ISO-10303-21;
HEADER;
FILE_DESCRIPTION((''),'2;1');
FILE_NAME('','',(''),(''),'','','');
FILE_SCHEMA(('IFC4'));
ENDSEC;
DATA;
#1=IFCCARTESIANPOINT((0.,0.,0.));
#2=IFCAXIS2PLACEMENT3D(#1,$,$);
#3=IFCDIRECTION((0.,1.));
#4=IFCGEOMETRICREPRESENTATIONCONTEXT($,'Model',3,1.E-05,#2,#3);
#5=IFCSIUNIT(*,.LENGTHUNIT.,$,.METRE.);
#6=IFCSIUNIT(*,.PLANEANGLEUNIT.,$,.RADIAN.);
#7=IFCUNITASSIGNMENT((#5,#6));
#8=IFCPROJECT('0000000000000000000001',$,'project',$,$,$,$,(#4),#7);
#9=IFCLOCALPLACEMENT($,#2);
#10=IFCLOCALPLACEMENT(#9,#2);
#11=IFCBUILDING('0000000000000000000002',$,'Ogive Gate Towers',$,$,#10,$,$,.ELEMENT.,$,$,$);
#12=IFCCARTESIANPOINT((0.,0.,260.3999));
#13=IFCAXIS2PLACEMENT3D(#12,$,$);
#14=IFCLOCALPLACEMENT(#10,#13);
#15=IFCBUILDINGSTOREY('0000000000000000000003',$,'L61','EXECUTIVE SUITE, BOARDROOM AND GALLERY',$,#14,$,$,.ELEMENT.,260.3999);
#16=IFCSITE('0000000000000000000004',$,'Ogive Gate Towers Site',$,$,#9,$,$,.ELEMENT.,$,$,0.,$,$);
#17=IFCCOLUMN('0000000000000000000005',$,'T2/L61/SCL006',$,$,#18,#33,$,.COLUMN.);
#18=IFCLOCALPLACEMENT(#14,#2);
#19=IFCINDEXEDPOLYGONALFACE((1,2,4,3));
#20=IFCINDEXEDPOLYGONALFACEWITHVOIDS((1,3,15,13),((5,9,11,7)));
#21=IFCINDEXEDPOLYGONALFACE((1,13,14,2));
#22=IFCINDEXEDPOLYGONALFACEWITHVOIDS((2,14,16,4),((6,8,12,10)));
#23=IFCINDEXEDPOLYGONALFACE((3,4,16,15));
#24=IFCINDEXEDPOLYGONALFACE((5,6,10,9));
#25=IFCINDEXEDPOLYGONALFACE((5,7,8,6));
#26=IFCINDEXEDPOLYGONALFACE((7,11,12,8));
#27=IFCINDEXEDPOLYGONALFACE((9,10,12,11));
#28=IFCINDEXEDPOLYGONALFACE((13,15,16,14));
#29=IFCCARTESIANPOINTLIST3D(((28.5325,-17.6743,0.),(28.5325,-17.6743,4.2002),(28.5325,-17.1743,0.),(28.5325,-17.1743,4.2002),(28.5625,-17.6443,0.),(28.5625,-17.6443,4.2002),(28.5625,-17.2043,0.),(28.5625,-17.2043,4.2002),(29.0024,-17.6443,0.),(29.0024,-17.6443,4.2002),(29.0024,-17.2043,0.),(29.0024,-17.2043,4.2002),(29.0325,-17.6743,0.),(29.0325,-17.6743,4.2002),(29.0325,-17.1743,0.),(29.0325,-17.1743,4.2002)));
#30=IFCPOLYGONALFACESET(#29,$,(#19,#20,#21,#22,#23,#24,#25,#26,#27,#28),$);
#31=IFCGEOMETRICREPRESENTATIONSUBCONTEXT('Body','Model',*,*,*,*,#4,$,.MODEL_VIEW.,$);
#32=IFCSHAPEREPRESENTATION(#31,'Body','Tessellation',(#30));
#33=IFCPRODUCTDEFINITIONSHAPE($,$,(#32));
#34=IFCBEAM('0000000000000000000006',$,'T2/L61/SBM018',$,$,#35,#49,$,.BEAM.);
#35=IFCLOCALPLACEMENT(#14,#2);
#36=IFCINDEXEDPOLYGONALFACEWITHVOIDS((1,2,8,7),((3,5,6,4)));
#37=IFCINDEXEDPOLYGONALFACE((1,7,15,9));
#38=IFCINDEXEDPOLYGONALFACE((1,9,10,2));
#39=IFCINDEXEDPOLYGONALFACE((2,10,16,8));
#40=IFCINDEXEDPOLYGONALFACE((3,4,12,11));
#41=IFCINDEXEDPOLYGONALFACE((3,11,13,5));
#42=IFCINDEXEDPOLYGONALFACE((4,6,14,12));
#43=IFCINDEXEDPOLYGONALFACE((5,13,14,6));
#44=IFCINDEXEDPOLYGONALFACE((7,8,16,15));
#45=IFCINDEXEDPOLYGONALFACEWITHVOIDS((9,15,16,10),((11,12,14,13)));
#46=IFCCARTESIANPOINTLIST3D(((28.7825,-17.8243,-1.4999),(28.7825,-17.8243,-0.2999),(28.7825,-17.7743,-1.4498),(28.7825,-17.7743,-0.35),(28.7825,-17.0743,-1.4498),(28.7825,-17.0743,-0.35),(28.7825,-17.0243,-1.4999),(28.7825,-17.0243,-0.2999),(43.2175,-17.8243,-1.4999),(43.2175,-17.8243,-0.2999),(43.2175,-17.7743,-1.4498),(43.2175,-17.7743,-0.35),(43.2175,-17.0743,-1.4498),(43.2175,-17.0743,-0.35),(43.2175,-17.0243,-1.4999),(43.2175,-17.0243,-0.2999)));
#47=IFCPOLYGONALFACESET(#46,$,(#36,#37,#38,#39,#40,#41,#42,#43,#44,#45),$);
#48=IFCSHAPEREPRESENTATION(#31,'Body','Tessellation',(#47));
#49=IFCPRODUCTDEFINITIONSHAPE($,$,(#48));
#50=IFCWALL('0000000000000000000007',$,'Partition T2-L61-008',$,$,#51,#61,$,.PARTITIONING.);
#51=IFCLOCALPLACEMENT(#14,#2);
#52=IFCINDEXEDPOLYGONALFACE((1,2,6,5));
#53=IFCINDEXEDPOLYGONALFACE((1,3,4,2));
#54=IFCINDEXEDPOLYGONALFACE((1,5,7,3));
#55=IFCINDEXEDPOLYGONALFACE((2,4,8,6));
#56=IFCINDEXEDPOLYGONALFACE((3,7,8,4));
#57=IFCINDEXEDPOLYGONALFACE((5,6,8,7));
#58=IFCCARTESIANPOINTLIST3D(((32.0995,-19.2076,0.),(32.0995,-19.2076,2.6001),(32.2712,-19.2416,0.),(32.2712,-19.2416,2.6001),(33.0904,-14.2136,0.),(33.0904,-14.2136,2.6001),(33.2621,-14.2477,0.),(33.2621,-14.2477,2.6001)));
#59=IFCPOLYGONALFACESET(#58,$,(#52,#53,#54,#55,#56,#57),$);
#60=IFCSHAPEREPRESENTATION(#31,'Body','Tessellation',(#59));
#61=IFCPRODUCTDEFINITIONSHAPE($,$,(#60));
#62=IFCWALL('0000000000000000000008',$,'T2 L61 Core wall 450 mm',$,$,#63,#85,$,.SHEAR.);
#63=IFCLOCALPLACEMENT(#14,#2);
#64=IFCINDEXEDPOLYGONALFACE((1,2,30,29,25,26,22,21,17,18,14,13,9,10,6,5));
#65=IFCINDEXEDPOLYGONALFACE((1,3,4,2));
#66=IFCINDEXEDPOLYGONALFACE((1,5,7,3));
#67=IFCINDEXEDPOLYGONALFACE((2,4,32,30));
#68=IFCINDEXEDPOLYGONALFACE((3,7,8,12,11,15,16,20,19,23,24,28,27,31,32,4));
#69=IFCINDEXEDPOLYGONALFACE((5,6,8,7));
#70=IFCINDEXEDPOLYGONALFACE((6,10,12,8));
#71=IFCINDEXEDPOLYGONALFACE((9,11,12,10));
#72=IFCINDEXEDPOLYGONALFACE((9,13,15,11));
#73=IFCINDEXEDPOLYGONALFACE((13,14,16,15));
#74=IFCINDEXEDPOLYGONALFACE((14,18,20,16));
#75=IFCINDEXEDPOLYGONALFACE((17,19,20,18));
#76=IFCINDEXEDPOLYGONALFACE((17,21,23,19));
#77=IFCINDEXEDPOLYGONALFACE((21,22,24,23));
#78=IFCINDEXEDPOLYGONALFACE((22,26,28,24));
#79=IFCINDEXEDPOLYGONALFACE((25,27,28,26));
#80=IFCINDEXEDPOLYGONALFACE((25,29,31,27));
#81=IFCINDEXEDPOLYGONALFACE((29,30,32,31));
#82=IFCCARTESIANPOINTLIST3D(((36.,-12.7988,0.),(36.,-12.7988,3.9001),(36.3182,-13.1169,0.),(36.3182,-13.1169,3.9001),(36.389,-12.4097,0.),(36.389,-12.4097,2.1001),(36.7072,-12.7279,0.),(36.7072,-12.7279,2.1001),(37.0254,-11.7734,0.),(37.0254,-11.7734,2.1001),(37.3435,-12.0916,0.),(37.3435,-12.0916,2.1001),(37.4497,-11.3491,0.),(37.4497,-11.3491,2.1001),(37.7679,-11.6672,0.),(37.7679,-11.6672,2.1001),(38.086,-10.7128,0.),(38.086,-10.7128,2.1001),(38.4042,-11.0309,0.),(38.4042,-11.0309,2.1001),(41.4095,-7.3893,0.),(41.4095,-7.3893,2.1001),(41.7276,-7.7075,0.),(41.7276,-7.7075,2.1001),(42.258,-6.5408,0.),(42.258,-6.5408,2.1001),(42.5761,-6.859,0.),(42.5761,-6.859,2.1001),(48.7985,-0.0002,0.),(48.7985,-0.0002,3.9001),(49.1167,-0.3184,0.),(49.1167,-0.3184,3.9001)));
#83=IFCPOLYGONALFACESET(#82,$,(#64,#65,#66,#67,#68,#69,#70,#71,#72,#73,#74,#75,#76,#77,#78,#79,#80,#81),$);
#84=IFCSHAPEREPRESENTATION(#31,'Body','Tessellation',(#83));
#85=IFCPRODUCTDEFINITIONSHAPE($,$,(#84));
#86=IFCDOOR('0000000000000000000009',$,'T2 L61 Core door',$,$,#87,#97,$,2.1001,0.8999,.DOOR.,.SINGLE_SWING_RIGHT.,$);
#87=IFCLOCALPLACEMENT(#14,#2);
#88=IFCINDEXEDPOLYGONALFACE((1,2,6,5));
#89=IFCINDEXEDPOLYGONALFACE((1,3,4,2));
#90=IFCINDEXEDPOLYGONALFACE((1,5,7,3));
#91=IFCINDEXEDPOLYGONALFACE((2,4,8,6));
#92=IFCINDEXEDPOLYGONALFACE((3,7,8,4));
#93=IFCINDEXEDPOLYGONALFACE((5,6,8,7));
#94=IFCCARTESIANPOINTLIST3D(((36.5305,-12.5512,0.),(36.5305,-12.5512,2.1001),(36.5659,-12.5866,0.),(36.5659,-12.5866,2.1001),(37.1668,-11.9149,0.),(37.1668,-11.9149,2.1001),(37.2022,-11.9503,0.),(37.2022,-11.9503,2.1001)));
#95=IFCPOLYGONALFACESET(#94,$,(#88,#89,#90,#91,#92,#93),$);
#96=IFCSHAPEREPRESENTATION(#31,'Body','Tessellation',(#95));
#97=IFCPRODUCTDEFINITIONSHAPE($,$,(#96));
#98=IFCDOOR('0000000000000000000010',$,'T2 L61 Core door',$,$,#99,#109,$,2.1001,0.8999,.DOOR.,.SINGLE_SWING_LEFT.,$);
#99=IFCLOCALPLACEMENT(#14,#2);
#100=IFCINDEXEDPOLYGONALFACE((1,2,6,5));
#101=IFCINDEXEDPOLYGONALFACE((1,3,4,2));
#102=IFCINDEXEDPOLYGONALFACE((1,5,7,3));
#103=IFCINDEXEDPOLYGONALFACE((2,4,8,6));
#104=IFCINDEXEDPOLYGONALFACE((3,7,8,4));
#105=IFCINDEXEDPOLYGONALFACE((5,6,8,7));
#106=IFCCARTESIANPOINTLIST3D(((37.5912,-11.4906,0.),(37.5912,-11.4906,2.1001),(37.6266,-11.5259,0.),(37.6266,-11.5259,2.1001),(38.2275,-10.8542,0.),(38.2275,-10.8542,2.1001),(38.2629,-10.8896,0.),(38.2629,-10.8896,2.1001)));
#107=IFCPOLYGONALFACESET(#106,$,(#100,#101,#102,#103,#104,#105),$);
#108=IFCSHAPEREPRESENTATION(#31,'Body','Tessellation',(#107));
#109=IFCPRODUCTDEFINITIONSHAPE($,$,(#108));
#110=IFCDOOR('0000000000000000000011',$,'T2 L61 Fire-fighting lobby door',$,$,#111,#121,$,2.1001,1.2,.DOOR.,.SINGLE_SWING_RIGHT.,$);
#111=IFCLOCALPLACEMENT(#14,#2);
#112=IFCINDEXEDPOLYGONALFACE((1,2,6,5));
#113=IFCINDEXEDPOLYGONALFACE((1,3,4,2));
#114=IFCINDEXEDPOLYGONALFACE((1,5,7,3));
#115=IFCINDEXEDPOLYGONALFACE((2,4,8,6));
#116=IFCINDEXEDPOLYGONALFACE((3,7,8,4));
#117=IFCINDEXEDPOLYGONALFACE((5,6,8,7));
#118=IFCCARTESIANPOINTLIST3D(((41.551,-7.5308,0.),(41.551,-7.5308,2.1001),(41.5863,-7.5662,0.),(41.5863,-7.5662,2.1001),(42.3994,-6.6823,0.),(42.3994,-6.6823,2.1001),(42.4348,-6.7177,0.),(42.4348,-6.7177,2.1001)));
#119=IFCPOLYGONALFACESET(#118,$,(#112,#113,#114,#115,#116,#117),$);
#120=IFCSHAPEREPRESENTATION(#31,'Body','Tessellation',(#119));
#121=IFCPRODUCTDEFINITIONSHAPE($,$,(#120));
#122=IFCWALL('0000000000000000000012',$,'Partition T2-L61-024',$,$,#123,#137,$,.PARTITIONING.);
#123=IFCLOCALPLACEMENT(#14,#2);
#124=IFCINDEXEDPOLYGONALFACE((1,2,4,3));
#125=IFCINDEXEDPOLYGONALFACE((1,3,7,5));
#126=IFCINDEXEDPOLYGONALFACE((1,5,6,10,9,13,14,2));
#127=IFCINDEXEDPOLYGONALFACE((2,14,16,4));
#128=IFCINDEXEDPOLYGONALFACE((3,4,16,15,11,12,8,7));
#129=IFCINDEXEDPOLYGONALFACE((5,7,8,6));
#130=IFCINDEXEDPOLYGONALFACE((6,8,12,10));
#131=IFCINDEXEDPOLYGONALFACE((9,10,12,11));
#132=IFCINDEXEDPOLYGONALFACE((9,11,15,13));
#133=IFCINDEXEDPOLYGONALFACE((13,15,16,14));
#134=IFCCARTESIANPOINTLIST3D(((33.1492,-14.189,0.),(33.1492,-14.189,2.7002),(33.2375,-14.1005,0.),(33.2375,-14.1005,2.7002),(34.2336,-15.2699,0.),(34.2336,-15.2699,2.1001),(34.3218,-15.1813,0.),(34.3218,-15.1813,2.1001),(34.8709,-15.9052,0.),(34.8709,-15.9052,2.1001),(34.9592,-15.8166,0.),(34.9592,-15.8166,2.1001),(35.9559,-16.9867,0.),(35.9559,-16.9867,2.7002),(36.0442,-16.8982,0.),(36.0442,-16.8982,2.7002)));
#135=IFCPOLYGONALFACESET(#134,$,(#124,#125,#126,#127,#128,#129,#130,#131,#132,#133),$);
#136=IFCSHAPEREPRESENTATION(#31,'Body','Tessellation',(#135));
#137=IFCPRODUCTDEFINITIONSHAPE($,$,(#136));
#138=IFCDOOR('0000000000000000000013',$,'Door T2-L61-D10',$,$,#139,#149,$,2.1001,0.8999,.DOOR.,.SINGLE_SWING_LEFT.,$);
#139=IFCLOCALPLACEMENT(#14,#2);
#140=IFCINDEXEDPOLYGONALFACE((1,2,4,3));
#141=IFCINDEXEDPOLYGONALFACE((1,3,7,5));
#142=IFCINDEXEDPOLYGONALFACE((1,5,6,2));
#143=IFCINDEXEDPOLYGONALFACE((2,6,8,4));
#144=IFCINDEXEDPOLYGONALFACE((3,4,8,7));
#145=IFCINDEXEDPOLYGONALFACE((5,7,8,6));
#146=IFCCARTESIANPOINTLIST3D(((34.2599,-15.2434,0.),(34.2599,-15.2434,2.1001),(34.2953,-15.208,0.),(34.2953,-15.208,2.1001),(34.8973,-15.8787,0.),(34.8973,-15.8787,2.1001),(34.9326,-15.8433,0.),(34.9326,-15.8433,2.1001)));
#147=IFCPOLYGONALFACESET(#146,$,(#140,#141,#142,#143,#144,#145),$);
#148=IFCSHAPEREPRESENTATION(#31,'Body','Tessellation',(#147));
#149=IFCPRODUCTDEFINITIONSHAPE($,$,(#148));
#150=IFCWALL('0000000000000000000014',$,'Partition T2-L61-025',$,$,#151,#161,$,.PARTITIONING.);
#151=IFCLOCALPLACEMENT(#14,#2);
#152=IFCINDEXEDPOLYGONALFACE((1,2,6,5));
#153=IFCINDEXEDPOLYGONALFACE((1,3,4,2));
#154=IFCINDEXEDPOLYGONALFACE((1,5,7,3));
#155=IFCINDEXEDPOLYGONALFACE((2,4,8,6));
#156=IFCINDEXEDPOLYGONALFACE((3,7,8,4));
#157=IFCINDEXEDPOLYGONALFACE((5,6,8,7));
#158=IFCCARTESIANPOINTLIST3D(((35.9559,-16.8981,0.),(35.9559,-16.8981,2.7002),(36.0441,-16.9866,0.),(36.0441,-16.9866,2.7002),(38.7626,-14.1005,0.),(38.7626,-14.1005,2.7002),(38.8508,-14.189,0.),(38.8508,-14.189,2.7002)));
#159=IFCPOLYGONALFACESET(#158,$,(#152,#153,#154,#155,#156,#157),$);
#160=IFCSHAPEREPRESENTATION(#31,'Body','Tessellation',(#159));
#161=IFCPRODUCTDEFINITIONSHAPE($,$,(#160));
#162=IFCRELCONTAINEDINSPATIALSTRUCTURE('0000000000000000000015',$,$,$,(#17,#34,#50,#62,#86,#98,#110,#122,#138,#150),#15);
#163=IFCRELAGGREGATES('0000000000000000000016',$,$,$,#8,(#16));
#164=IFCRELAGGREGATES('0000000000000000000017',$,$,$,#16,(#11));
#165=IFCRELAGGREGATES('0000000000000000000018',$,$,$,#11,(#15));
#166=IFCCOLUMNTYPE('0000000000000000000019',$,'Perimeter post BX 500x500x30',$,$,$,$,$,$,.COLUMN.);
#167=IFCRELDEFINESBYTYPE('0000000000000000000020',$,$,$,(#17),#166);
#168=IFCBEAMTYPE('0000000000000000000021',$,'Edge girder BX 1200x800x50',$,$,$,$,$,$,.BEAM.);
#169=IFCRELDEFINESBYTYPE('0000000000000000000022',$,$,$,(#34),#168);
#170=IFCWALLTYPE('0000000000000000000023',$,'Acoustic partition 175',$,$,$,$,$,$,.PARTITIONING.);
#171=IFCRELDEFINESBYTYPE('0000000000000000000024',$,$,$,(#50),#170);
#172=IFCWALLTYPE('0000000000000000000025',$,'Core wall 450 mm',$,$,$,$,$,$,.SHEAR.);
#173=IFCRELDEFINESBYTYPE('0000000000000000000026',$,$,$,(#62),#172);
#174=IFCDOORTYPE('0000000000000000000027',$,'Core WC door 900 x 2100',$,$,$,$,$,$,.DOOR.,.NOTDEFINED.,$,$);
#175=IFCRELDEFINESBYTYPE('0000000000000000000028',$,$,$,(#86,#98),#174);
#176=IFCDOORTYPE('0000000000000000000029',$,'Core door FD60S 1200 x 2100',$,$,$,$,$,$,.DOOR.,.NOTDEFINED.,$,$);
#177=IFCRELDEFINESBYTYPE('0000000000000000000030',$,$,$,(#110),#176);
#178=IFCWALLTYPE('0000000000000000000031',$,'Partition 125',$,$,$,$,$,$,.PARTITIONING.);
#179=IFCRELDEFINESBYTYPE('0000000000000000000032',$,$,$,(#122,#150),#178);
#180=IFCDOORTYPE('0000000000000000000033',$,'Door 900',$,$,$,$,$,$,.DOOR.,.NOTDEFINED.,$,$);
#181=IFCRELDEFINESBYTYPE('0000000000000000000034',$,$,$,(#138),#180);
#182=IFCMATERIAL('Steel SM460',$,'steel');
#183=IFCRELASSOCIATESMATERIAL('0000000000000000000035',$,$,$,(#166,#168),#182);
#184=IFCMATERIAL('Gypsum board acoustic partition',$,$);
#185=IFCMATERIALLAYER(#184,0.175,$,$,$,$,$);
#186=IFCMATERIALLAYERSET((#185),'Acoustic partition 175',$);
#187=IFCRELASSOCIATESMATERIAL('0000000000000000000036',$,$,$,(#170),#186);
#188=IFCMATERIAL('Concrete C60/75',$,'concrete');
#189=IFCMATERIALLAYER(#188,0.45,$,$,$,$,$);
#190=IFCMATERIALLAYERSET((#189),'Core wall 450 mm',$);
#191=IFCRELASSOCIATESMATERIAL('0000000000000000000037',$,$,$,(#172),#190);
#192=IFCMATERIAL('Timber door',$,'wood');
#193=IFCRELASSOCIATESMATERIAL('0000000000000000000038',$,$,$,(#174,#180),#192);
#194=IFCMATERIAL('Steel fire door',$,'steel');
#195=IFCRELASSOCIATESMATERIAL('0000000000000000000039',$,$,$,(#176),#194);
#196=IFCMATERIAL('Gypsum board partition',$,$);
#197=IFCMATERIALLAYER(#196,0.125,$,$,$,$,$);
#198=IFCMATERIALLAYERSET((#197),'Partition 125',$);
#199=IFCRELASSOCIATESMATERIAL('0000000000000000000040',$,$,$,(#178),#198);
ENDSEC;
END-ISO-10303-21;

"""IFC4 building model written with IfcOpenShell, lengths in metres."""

from ifc_helpers import new_model, si_unit, direction, frame, frame_2d, origin, origin_2d, place, context, subcontext, project, spatial, rectangle, hollow_rectangle, extrude, material, layer, layer_set, material_profile, profile_set, type_object, element, fill, save


model = new_model("IFC4")

# Units and contexts
model_context = context("Model", 3, precision=1e-05, world=origin(), true_north=direction((0.0, 1.0)))
body_context = subcontext(model_context, "Body", "Model", "MODEL_VIEW")
ifc_project = project(units=[si_unit("LENGTHUNIT", "METRE"), si_unit("PLANEANGLEUNIT", "RADIAN")], contexts=[model_context])

# Site, building, storey
site_placement = place(None, origin())
site = spatial("IfcSite", under=ifc_project, at=site_placement, Name="Ogive Gate Towers Site", CompositionType="ELEMENT", RefElevation=0.0)
building_placement = place(site_placement, origin())
building = spatial("IfcBuilding", under=site, at=building_placement, Name="Ogive Gate Towers", CompositionType="ELEMENT")
storey_placement = place(building_placement, frame((0.0, 0.0, 260.3999)))
storey = spatial("IfcBuildingStorey", under=building, at=storey_placement, Name="L61", Description="EXECUTIVE SUITE, BOARDROOM AND GALLERY", CompositionType="ELEMENT", Elevation=260.3999)

# Column
ifc_material_1 = material(Name="Steel SM460", Category="steel")
ifc_material_profile_1 = material_profile(ifc_material_1, hollow_rectangle(XDim=0.5, YDim=0.5, WallThickness=0.03, at=origin_2d()), Name="BX 500x500x30")
ifc_profile_set_1 = profile_set([ifc_material_profile_1], Name="Steel SM460")
column_type = type_object("IfcColumnType", Name="Perimeter post BX 500x500x30", PredefinedType="COLUMN", material=ifc_profile_set_1)
column_placement = place(storey_placement, frame((28.7825, -17.4243, 0.0), z_axis=(0.0, 0.0, 1.0), x_axis=(1.0, 0.0, 0.0)))
element("IfcColumn", 1, at=column_placement, inside=storey, type_object=column_type, Name="T2/L61/SCL006", PredefinedType="COLUMN", context=body_context, shape_type="SweptSolid", body=[
    extrude(hollow_rectangle(XDim=0.5, YDim=0.5, WallThickness=0.03, at=origin_2d()), origin(), (0.0, 0.0, 1.0), 4.2002),
])

# Beam
ifc_material_profile_2 = material_profile(ifc_material_1, hollow_rectangle(XDim=0.8, YDim=1.2, WallThickness=0.05, at=origin_2d()), Name="BX 1200x800x50")
ifc_profile_set_2 = profile_set([ifc_material_profile_2], Name="Steel SM460")
beam_type = type_object("IfcBeamType", Name="Edge girder BX 1200x800x50", PredefinedType="BEAM", material=ifc_profile_set_2)
beam_placement = place(storey_placement, frame((28.7825, -17.4243, -0.8999), z_axis=(1.0, 0.0, 0.0), x_axis=(0.0, 1.0, 0.0)))
element("IfcBeam", 2, at=beam_placement, inside=storey, type_object=beam_type, Name="T2/L61/SBM018", PredefinedType="BEAM", context=body_context, shape_type="SweptSolid", body=[
    extrude(hollow_rectangle(XDim=0.8, YDim=1.2, WallThickness=0.05, at=origin_2d()), origin(), (0.0, 0.0, 1.0), 14.4351),
])

# Wall
ifc_material_2 = material(Name="Gypsum board acoustic partition")
ifc_layer_1 = layer(ifc_material_2, 0.175)
ifc_layer_set_1 = layer_set([ifc_layer_1], Name="Acoustic partition 175")
wall_type_1 = type_object("IfcWallType", Name="Acoustic partition 175", PredefinedType="PARTITIONING", material=ifc_layer_set_1)
wall_1_placement = place(storey_placement, frame((32.1853, -19.2246, 0.0), z_axis=(0.0, 0.0, 1.0), x_axis=(0.19464, 0.980875, 0.0)))
element("IfcWall", 3, at=wall_1_placement, inside=storey, type_object=wall_type_1, Name="Partition T2-L61-008", PredefinedType="PARTITIONING", context=body_context, shape_type="SweptSolid", body=[
    extrude(rectangle(XDim=5.0913, YDim=0.175, at=frame_2d((2.5457, 0.0))), origin(), (0.0, 0.0, 1.0), 2.6001),
])

# Wall, openings, doors
ifc_material_3 = material(Name="Concrete C60/75", Category="concrete")
ifc_layer_2 = layer(ifc_material_3, 0.45)
ifc_layer_set_2 = layer_set([ifc_layer_2], Name="Core wall 450 mm")
wall_type_2 = type_object("IfcWallType", Name="Core wall 450 mm", PredefinedType="SHEAR", material=ifc_layer_set_2)
wall_2_placement = place(storey_placement, frame((36.1592, -12.9578, 0.0), z_axis=(0.0, 0.0, 1.0), x_axis=(0.707107, 0.707107, 0.0)))
wall_2 = element("IfcWall", 4, at=wall_2_placement, inside=storey, type_object=wall_type_2, Name="T2 L61 Core wall 450 mm", PredefinedType="SHEAR", context=body_context, shape_type="SweptSolid", body=[
    extrude(rectangle(XDim=18.0999, YDim=0.45, at=frame_2d((9.0498, 0.0))), origin(), (0.0, 0.0, 1.0), 3.9001),
])
opening_1_placement = place(wall_2_placement, frame((7.6499, 0.0, 0.0)))
opening_1 = element("IfcOpeningElement", 5, at=opening_1_placement, cuts=wall_2, PredefinedType="OPENING", context=body_context, shape_type="SweptSolid", body=[
    extrude(rectangle(XDim=1.2, YDim=2.1001, at=frame_2d((0.6001, 1.05))), frame((0.0, 0.2349, 0.0), z_axis=(0.0, -1.0, 0.0), x_axis=(1.0, 0.0, 0.0)), (0.0, 0.0, 1.0), 0.47),
])
opening_2_placement = place(wall_2_placement, frame((0.55, 0.0, 0.0)))
opening_2 = element("IfcOpeningElement", 6, at=opening_2_placement, cuts=wall_2, PredefinedType="OPENING", context=body_context, shape_type="SweptSolid", body=[
    extrude(rectangle(XDim=0.8999, YDim=2.1001, at=frame_2d((0.45, 1.05))), frame((0.0, 0.2349, 0.0), z_axis=(0.0, -1.0, 0.0), x_axis=(1.0, 0.0, 0.0)), (0.0, 0.0, 1.0), 0.47),
])
opening_3_placement = place(wall_2_placement, frame((2.05, 0.0, 0.0)))
opening_3 = element("IfcOpeningElement", 7, at=opening_3_placement, cuts=wall_2, PredefinedType="OPENING", context=body_context, shape_type="SweptSolid", body=[
    extrude(rectangle(XDim=0.8999, YDim=2.1001, at=frame_2d((0.45, 1.05))), frame((0.0, 0.2349, 0.0), z_axis=(0.0, -1.0, 0.0), x_axis=(1.0, 0.0, 0.0)), (0.0, 0.0, 1.0), 0.47),
])
ifc_material_4 = material(Name="Timber door", Category="wood")
door_type_1 = type_object("IfcDoorType", Name="Core WC door 900 x 2100", OperationType="NOTDEFINED", PredefinedType="DOOR", material=ifc_material_4)
door_1_placement = place(opening_2_placement, origin())
door_1 = element("IfcDoor", 8, at=door_1_placement, inside=storey, type_object=door_type_1, Name="T2 L61 Core door", OperationType="SINGLE_SWING_RIGHT", OverallHeight=2.1001, OverallWidth=0.8999, PredefinedType="DOOR", context=body_context, shape_type="SweptSolid", body=[
    extrude(rectangle(XDim=0.8999, YDim=2.1001, at=frame_2d((0.45, 1.05))), frame((0.0, 0.0249, 0.0), z_axis=(0.0, -1.0, 0.0), x_axis=(1.0, 0.0, 0.0)), (0.0, 0.0, 1.0), 0.05),
])
fill(opening_2, door_1)
door_2_placement = place(opening_3_placement, origin())
door_2 = element("IfcDoor", 9, at=door_2_placement, inside=storey, type_object=door_type_1, Name="T2 L61 Core door", OperationType="SINGLE_SWING_LEFT", OverallHeight=2.1001, OverallWidth=0.8999, PredefinedType="DOOR", context=body_context, shape_type="SweptSolid", body=[
    extrude(rectangle(XDim=0.8999, YDim=2.1001, at=frame_2d((0.45, 1.05))), frame((0.0, 0.0249, 0.0), z_axis=(0.0, -1.0, 0.0), x_axis=(1.0, 0.0, 0.0)), (0.0, 0.0, 1.0), 0.05),
])
fill(opening_3, door_2)
ifc_material_5 = material(Name="Steel fire door", Category="steel")
door_type_2 = type_object("IfcDoorType", Name="Core door FD60S 1200 x 2100", OperationType="NOTDEFINED", PredefinedType="DOOR", material=ifc_material_5)
door_3_placement = place(opening_1_placement, origin())
door_3 = element("IfcDoor", 10, at=door_3_placement, inside=storey, type_object=door_type_2, Name="T2 L61 Fire-fighting lobby door", OperationType="SINGLE_SWING_RIGHT", OverallHeight=2.1001, OverallWidth=1.2, PredefinedType="DOOR", context=body_context, shape_type="SweptSolid", body=[
    extrude(rectangle(XDim=1.2, YDim=2.1001, at=frame_2d((0.6001, 1.05))), frame((0.0, 0.0249, 0.0), z_axis=(0.0, -1.0, 0.0), x_axis=(1.0, 0.0, 0.0)), (0.0, 0.0, 1.0), 0.05),
])
fill(opening_1, door_3)

# Wall, opening, door
ifc_material_6 = material(Name="Gypsum board partition")
ifc_layer_3 = layer(ifc_material_6, 0.125)
ifc_layer_set_3 = layer_set([ifc_layer_3], Name="Partition 125")
wall_type_3 = type_object("IfcWallType", Name="Partition 125", PredefinedType="PARTITIONING", material=ifc_layer_set_3)
wall_3_placement = place(storey_placement, frame((33.1934, -14.1448, 0.0), z_axis=(0.0, 0.0, 1.0), x_axis=(0.708246, -0.705966, 0.0)))
wall_3 = element("IfcWall", 11, at=wall_3_placement, inside=storey, type_object=wall_type_3, Name="Partition T2-L61-024", PredefinedType="PARTITIONING", context=body_context, shape_type="SweptSolid", body=[
    extrude(rectangle(XDim=3.9629, YDim=0.125, at=frame_2d((1.9814, 0.0))), origin(), (0.0, 0.0, 1.0), 2.7002),
])
opening_4_placement = place(wall_3_placement, frame((1.531, 0.0, 0.0)))
opening_4 = element("IfcOpeningElement", 12, at=opening_4_placement, cuts=wall_3, PredefinedType="OPENING", context=body_context, shape_type="SweptSolid", body=[
    extrude(rectangle(XDim=0.8999, YDim=2.1001, at=frame_2d((0.45, 1.05))), frame((0.0, 0.0725, 0.0), z_axis=(0.0, -1.0, 0.0), x_axis=(1.0, 0.0, 0.0)), (0.0, 0.0, 1.0), 0.145),
])
door_type_3 = type_object("IfcDoorType", Name="Door 900", OperationType="NOTDEFINED", PredefinedType="DOOR", material=ifc_material_4)
door_4_placement = place(opening_4_placement, origin())
door_4 = element("IfcDoor", 13, at=door_4_placement, inside=storey, type_object=door_type_3, Name="Door T2-L61-D10", OperationType="SINGLE_SWING_LEFT", OverallHeight=2.1001, OverallWidth=0.8999, PredefinedType="DOOR", context=body_context, shape_type="SweptSolid", body=[
    extrude(rectangle(XDim=0.8999, YDim=2.1001, at=frame_2d((0.45, 1.05))), frame((0.0, 0.0249, 0.0), z_axis=(0.0, -1.0, 0.0), x_axis=(1.0, 0.0, 0.0)), (0.0, 0.0, 1.0), 0.05),
])
fill(opening_4, door_4)

# Wall
wall_4_placement = place(storey_placement, frame((36.0, -16.9424, 0.0), z_axis=(0.0, 0.0, 1.0), x_axis=(0.708246, 0.705966, 0.0)))
element("IfcWall", 14, at=wall_4_placement, inside=storey, type_object=wall_type_3, Name="Partition T2-L61-025", PredefinedType="PARTITIONING", context=body_context, shape_type="SweptSolid", body=[
    extrude(rectangle(XDim=3.9629, YDim=0.125, at=frame_2d((1.9814, 0.0))), origin(), (0.0, 0.0, 1.0), 2.7002),
])

save(model, "model.ifc")
